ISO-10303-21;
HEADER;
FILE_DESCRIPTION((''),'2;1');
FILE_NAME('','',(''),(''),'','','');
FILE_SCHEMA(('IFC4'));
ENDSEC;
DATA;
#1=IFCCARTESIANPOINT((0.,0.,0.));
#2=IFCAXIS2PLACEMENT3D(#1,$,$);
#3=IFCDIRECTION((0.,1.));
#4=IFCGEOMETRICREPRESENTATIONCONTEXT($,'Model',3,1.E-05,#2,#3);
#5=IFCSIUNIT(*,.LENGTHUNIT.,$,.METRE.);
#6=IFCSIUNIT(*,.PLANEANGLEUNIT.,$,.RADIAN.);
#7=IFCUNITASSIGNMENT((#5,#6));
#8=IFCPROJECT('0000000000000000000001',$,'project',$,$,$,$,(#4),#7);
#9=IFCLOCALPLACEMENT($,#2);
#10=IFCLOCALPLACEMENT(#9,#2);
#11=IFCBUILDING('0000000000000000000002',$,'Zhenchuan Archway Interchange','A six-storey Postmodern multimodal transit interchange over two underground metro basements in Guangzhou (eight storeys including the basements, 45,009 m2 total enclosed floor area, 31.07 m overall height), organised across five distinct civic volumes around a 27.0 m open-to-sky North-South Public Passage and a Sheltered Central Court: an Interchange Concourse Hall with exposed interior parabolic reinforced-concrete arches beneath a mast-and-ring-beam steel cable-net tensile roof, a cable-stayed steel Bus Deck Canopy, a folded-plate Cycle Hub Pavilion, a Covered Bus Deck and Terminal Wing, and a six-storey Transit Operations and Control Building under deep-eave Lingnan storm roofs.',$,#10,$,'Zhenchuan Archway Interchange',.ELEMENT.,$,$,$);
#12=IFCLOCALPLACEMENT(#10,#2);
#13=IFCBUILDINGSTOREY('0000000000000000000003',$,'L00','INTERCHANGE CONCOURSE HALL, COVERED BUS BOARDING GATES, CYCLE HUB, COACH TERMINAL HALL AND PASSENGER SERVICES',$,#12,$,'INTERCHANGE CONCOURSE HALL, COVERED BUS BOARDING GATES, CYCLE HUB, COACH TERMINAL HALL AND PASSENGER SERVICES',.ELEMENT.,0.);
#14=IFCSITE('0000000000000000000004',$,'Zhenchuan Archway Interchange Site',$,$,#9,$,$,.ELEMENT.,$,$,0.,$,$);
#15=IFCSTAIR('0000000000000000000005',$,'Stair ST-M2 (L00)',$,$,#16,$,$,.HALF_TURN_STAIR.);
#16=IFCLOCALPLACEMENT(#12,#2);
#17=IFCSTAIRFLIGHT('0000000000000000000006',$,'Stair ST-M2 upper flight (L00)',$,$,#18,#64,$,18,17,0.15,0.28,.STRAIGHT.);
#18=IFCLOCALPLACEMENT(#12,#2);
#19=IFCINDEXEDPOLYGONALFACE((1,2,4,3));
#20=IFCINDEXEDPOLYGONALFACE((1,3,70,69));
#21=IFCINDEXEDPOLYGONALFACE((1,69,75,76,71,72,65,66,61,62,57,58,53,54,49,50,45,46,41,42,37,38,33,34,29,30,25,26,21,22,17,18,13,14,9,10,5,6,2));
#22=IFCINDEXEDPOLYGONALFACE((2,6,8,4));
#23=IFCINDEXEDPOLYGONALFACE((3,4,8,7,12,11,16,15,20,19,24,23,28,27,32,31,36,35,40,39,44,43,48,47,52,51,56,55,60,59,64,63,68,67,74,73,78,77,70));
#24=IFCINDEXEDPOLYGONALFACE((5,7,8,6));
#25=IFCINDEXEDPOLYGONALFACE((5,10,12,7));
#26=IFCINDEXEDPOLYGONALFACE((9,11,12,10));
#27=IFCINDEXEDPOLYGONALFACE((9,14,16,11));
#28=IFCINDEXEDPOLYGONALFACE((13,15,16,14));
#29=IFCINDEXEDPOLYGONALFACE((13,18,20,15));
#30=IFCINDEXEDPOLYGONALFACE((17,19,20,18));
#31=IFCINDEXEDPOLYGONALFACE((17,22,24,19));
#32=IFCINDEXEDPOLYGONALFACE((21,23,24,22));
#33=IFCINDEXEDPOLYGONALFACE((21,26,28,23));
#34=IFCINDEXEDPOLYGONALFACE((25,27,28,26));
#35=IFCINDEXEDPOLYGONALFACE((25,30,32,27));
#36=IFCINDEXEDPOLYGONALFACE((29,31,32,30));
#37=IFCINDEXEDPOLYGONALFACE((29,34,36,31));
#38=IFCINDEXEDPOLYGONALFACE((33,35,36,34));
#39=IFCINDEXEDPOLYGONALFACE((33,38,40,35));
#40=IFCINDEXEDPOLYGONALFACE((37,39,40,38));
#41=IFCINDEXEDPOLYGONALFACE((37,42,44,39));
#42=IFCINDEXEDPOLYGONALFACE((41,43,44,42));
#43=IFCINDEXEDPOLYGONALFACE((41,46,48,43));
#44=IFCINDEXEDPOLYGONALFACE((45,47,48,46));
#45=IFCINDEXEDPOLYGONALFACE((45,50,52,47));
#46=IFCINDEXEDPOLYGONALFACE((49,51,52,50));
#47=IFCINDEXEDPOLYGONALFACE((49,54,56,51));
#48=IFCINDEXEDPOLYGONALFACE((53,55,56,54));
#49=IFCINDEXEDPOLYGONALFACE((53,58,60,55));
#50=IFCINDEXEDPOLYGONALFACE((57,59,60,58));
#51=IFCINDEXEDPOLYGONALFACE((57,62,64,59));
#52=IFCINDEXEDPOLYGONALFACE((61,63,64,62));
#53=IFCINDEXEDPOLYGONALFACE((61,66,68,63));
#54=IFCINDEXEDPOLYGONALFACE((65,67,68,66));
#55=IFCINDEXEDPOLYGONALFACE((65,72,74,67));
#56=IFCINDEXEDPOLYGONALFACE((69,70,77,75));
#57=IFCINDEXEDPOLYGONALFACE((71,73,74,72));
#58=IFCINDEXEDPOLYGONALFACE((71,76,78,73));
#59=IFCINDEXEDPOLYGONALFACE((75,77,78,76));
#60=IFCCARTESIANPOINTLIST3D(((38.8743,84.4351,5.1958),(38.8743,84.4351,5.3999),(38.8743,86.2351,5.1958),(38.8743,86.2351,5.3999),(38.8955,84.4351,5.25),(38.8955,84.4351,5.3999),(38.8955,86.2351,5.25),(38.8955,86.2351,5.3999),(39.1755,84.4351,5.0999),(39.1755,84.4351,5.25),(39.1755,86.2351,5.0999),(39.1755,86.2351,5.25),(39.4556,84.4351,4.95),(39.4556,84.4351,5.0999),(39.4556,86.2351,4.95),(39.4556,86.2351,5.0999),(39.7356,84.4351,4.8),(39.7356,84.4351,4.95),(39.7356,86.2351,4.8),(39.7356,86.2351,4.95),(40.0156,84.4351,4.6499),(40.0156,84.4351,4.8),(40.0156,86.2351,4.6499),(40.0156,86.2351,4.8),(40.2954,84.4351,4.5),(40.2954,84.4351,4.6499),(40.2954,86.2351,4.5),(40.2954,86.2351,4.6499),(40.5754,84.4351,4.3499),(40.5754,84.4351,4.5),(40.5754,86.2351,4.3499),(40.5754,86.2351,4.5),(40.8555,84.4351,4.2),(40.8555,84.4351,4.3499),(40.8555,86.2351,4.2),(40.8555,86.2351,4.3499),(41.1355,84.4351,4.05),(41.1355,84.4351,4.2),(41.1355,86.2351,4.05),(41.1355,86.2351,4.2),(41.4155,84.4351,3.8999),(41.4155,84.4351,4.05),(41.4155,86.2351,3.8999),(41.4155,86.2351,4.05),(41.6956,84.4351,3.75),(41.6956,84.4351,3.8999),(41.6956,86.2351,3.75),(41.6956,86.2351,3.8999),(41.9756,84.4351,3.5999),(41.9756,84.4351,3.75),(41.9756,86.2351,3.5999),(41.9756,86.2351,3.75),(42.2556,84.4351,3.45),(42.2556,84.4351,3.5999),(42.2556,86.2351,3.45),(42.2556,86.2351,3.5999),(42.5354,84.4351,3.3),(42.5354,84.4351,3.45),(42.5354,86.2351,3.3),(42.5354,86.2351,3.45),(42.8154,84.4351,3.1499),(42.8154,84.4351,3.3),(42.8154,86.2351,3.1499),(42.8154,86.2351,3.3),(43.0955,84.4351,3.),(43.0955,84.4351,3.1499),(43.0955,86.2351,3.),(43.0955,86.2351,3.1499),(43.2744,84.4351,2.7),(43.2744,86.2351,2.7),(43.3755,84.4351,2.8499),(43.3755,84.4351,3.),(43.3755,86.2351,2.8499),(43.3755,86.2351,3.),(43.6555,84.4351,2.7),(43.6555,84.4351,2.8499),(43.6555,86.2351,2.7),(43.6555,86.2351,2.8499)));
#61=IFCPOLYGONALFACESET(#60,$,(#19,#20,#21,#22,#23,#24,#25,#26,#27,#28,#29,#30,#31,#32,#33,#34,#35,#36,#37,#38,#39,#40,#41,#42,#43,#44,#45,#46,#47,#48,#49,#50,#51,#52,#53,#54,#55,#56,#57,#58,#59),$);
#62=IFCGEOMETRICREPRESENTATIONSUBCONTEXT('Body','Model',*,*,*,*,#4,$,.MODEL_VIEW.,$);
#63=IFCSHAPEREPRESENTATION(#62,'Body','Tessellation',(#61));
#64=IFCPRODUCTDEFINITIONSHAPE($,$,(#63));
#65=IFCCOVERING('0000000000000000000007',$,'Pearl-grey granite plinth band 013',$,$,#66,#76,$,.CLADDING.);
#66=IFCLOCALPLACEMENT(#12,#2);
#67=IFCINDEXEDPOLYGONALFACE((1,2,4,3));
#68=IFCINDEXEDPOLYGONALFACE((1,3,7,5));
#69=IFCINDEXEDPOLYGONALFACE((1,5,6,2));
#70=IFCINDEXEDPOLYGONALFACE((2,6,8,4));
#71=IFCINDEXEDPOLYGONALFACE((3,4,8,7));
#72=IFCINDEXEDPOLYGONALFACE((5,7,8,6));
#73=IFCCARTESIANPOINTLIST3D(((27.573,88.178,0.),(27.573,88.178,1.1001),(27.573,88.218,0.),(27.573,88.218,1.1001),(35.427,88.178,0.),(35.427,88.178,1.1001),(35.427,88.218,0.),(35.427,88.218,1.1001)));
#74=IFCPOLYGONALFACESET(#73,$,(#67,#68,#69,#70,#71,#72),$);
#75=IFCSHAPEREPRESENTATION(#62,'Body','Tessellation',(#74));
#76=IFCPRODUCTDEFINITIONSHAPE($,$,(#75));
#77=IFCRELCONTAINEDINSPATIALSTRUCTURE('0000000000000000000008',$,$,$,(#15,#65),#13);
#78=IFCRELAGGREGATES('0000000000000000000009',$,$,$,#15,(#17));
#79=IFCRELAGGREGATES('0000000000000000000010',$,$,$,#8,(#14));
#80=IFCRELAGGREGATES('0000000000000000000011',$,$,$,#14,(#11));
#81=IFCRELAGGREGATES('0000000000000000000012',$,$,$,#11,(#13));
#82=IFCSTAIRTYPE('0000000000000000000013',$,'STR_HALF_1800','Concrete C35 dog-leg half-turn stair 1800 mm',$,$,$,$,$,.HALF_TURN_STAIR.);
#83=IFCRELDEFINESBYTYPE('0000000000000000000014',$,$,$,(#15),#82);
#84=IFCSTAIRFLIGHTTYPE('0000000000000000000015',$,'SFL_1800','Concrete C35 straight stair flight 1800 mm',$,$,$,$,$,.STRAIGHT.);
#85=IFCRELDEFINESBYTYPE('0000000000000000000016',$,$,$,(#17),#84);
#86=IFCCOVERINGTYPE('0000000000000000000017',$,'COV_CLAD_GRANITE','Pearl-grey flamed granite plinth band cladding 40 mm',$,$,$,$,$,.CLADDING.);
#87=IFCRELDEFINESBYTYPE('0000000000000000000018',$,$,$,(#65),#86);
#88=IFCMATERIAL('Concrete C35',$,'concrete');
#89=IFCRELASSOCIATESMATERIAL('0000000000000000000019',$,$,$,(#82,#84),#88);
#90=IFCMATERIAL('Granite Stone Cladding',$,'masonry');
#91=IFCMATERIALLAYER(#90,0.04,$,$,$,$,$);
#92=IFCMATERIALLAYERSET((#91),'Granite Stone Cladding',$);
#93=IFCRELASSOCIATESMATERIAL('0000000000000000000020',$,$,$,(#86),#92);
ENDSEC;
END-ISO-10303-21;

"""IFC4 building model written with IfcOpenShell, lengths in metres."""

from ifc_helpers import new_model, si_unit, direction, frame, origin, origin_2d, place, context, subcontext, project, spatial, polyline, rectangle, outline, extrude, material, layer, layer_set, type_object, element, aggregate, save


model = new_model("IFC4")

# Units and contexts
model_context = context("Model", 3, precision=1e-05, world=origin(), true_north=direction((0.0, 1.0)))
body_context = subcontext(model_context, "Body", "Model", "MODEL_VIEW")
ifc_project = project(units=[si_unit("LENGTHUNIT", "METRE"), si_unit("PLANEANGLEUNIT", "RADIAN")], contexts=[model_context])

# Site, building, storey
site_placement = place(None, origin())
site = spatial("IfcSite", under=ifc_project, at=site_placement, Name="Zhenchuan Archway Interchange Site", CompositionType="ELEMENT", RefElevation=0.0)
building_placement = place(site_placement, origin())
building = spatial("IfcBuilding", under=site, at=building_placement, Name="Zhenchuan Archway Interchange", Description="A six-storey Postmodern multimodal transit interchange over two underground metro basements in Guangzhou (eight storeys including the basements, 45,009 m2 total enclosed floor area, 31.07 m overall height), organised across five distinct civic volumes around a 27.0 m open-to-sky North-South Public Passage and a Sheltered Central Court: an Interchange Concourse Hall with exposed interior parabolic reinforced-concrete arches beneath a mast-and-ring-beam steel cable-net tensile roof, a cable-stayed steel Bus Deck Canopy, a folded-plate Cycle Hub Pavilion, a Covered Bus Deck and Terminal Wing, and a six-storey Transit Operations and Control Building under deep-eave Lingnan storm roofs.", LongName="Zhenchuan Archway Interchange", CompositionType="ELEMENT")
storey_placement = place(building_placement, origin())
storey = spatial("IfcBuildingStorey", under=building, at=storey_placement, Name="L00", Description="INTERCHANGE CONCOURSE HALL, COVERED BUS BOARDING GATES, CYCLE HUB, COACH TERMINAL HALL AND PASSENGER SERVICES", LongName="INTERCHANGE CONCOURSE HALL, COVERED BUS BOARDING GATES, CYCLE HUB, COACH TERMINAL HALL AND PASSENGER SERVICES", CompositionType="ELEMENT", Elevation=0.0)

# Stair, stair flight
ifc_material_1 = material(Name="Concrete C35", Category="concrete")
stair_type = type_object("IfcStairType", Name="STR_HALF_1800", Description="Concrete C35 dog-leg half-turn stair 1800 mm", PredefinedType="HALF_TURN_STAIR", material=ifc_material_1)
stair_placement = place(storey_placement, origin())
stair = element("IfcStair", 1, at=stair_placement, inside=storey, type_object=stair_type, Name="Stair ST-M2 (L00)", PredefinedType="HALF_TURN_STAIR")
stair_flight_type = type_object("IfcStairFlightType", Name="SFL_1800", Description="Concrete C35 straight stair flight 1800 mm", PredefinedType="STRAIGHT", material=ifc_material_1)
stair_flight_placement = place(storey_placement, frame((43.6555, 85.335, 2.7), z_axis=(0.0, 0.0, 1.0), x_axis=(-1.0, 0.0, 0.0)))
stair_flight = element("IfcStairFlight", 2, at=stair_flight_placement, type_object=stair_flight_type, Name="Stair ST-M2 upper flight (L00)", NumberOfRisers=18, NumberOfTreads=17, PredefinedType="STRAIGHT", RiserHeight=0.15, TreadLength=0.28, context=body_context, shape_type="SweptSolid", body=[
    extrude(outline(polyline([(0.0, 0.0), (0.0, 0.1499), (0.28, 0.1499), (0.28, 0.3), (0.5601, 0.3), (0.5601, 0.45), (0.8401, 0.45), (0.8401, 0.6001), (1.1201, 0.6001), (1.1201, 0.75), (1.3999, 0.75), (1.3999, 0.8999), (1.6799, 0.8999), (1.6799, 1.05), (1.96, 1.05), (1.96, 1.2), (2.24, 1.2), (2.24, 1.3501), (2.52, 1.3501), (2.52, 1.5), (2.8, 1.5), (2.8, 1.6499), (3.0801, 1.6499), (3.0801, 1.8), (3.3601, 1.8), (3.3601, 1.95), (3.6399, 1.95), (3.6399, 2.1001), (3.9199, 2.1001), (3.9199, 2.25), (4.2, 2.25), (4.2, 2.3999), (4.48, 2.3999), (4.48, 2.55), (4.76, 2.55), (4.76, 2.7), (4.7812, 2.7), (4.7812, 2.4958), (0.3811, 0.0), (0.0, 0.0)])), frame((0.0, 0.8999, 0.0), z_axis=(0.0, -1.0, 0.0), x_axis=(1.0, 0.0, 0.0)), (0.0, 0.0, 1.0), 1.8),
])
aggregate(stair, [stair_flight])

# Covering
ifc_material_2 = material(Name="Granite Stone Cladding", Category="masonry")
ifc_layer_1 = layer(ifc_material_2, 0.04)
ifc_layer_set_1 = layer_set([ifc_layer_1], Name="Granite Stone Cladding")
covering_type = type_object("IfcCoveringType", Name="COV_CLAD_GRANITE", Description="Pearl-grey flamed granite plinth band cladding 40 mm", PredefinedType="CLADDING", material=ifc_layer_set_1)
covering_placement = place(storey_placement, frame((31.5, 88.198, 0.0), z_axis=(0.0, 0.0, 1.0), x_axis=(1.0, 0.0, 0.0)))
element("IfcCovering", 3, at=covering_placement, inside=storey, type_object=covering_type, Name="Pearl-grey granite plinth band 013", PredefinedType="CLADDING", context=body_context, shape_type="SweptSolid", body=[
    extrude(rectangle(XDim=7.854, YDim=0.04, at=origin_2d()), origin(), (0.0, 0.0, 1.0), 1.1001),
])

save(model, "model.ifc")
